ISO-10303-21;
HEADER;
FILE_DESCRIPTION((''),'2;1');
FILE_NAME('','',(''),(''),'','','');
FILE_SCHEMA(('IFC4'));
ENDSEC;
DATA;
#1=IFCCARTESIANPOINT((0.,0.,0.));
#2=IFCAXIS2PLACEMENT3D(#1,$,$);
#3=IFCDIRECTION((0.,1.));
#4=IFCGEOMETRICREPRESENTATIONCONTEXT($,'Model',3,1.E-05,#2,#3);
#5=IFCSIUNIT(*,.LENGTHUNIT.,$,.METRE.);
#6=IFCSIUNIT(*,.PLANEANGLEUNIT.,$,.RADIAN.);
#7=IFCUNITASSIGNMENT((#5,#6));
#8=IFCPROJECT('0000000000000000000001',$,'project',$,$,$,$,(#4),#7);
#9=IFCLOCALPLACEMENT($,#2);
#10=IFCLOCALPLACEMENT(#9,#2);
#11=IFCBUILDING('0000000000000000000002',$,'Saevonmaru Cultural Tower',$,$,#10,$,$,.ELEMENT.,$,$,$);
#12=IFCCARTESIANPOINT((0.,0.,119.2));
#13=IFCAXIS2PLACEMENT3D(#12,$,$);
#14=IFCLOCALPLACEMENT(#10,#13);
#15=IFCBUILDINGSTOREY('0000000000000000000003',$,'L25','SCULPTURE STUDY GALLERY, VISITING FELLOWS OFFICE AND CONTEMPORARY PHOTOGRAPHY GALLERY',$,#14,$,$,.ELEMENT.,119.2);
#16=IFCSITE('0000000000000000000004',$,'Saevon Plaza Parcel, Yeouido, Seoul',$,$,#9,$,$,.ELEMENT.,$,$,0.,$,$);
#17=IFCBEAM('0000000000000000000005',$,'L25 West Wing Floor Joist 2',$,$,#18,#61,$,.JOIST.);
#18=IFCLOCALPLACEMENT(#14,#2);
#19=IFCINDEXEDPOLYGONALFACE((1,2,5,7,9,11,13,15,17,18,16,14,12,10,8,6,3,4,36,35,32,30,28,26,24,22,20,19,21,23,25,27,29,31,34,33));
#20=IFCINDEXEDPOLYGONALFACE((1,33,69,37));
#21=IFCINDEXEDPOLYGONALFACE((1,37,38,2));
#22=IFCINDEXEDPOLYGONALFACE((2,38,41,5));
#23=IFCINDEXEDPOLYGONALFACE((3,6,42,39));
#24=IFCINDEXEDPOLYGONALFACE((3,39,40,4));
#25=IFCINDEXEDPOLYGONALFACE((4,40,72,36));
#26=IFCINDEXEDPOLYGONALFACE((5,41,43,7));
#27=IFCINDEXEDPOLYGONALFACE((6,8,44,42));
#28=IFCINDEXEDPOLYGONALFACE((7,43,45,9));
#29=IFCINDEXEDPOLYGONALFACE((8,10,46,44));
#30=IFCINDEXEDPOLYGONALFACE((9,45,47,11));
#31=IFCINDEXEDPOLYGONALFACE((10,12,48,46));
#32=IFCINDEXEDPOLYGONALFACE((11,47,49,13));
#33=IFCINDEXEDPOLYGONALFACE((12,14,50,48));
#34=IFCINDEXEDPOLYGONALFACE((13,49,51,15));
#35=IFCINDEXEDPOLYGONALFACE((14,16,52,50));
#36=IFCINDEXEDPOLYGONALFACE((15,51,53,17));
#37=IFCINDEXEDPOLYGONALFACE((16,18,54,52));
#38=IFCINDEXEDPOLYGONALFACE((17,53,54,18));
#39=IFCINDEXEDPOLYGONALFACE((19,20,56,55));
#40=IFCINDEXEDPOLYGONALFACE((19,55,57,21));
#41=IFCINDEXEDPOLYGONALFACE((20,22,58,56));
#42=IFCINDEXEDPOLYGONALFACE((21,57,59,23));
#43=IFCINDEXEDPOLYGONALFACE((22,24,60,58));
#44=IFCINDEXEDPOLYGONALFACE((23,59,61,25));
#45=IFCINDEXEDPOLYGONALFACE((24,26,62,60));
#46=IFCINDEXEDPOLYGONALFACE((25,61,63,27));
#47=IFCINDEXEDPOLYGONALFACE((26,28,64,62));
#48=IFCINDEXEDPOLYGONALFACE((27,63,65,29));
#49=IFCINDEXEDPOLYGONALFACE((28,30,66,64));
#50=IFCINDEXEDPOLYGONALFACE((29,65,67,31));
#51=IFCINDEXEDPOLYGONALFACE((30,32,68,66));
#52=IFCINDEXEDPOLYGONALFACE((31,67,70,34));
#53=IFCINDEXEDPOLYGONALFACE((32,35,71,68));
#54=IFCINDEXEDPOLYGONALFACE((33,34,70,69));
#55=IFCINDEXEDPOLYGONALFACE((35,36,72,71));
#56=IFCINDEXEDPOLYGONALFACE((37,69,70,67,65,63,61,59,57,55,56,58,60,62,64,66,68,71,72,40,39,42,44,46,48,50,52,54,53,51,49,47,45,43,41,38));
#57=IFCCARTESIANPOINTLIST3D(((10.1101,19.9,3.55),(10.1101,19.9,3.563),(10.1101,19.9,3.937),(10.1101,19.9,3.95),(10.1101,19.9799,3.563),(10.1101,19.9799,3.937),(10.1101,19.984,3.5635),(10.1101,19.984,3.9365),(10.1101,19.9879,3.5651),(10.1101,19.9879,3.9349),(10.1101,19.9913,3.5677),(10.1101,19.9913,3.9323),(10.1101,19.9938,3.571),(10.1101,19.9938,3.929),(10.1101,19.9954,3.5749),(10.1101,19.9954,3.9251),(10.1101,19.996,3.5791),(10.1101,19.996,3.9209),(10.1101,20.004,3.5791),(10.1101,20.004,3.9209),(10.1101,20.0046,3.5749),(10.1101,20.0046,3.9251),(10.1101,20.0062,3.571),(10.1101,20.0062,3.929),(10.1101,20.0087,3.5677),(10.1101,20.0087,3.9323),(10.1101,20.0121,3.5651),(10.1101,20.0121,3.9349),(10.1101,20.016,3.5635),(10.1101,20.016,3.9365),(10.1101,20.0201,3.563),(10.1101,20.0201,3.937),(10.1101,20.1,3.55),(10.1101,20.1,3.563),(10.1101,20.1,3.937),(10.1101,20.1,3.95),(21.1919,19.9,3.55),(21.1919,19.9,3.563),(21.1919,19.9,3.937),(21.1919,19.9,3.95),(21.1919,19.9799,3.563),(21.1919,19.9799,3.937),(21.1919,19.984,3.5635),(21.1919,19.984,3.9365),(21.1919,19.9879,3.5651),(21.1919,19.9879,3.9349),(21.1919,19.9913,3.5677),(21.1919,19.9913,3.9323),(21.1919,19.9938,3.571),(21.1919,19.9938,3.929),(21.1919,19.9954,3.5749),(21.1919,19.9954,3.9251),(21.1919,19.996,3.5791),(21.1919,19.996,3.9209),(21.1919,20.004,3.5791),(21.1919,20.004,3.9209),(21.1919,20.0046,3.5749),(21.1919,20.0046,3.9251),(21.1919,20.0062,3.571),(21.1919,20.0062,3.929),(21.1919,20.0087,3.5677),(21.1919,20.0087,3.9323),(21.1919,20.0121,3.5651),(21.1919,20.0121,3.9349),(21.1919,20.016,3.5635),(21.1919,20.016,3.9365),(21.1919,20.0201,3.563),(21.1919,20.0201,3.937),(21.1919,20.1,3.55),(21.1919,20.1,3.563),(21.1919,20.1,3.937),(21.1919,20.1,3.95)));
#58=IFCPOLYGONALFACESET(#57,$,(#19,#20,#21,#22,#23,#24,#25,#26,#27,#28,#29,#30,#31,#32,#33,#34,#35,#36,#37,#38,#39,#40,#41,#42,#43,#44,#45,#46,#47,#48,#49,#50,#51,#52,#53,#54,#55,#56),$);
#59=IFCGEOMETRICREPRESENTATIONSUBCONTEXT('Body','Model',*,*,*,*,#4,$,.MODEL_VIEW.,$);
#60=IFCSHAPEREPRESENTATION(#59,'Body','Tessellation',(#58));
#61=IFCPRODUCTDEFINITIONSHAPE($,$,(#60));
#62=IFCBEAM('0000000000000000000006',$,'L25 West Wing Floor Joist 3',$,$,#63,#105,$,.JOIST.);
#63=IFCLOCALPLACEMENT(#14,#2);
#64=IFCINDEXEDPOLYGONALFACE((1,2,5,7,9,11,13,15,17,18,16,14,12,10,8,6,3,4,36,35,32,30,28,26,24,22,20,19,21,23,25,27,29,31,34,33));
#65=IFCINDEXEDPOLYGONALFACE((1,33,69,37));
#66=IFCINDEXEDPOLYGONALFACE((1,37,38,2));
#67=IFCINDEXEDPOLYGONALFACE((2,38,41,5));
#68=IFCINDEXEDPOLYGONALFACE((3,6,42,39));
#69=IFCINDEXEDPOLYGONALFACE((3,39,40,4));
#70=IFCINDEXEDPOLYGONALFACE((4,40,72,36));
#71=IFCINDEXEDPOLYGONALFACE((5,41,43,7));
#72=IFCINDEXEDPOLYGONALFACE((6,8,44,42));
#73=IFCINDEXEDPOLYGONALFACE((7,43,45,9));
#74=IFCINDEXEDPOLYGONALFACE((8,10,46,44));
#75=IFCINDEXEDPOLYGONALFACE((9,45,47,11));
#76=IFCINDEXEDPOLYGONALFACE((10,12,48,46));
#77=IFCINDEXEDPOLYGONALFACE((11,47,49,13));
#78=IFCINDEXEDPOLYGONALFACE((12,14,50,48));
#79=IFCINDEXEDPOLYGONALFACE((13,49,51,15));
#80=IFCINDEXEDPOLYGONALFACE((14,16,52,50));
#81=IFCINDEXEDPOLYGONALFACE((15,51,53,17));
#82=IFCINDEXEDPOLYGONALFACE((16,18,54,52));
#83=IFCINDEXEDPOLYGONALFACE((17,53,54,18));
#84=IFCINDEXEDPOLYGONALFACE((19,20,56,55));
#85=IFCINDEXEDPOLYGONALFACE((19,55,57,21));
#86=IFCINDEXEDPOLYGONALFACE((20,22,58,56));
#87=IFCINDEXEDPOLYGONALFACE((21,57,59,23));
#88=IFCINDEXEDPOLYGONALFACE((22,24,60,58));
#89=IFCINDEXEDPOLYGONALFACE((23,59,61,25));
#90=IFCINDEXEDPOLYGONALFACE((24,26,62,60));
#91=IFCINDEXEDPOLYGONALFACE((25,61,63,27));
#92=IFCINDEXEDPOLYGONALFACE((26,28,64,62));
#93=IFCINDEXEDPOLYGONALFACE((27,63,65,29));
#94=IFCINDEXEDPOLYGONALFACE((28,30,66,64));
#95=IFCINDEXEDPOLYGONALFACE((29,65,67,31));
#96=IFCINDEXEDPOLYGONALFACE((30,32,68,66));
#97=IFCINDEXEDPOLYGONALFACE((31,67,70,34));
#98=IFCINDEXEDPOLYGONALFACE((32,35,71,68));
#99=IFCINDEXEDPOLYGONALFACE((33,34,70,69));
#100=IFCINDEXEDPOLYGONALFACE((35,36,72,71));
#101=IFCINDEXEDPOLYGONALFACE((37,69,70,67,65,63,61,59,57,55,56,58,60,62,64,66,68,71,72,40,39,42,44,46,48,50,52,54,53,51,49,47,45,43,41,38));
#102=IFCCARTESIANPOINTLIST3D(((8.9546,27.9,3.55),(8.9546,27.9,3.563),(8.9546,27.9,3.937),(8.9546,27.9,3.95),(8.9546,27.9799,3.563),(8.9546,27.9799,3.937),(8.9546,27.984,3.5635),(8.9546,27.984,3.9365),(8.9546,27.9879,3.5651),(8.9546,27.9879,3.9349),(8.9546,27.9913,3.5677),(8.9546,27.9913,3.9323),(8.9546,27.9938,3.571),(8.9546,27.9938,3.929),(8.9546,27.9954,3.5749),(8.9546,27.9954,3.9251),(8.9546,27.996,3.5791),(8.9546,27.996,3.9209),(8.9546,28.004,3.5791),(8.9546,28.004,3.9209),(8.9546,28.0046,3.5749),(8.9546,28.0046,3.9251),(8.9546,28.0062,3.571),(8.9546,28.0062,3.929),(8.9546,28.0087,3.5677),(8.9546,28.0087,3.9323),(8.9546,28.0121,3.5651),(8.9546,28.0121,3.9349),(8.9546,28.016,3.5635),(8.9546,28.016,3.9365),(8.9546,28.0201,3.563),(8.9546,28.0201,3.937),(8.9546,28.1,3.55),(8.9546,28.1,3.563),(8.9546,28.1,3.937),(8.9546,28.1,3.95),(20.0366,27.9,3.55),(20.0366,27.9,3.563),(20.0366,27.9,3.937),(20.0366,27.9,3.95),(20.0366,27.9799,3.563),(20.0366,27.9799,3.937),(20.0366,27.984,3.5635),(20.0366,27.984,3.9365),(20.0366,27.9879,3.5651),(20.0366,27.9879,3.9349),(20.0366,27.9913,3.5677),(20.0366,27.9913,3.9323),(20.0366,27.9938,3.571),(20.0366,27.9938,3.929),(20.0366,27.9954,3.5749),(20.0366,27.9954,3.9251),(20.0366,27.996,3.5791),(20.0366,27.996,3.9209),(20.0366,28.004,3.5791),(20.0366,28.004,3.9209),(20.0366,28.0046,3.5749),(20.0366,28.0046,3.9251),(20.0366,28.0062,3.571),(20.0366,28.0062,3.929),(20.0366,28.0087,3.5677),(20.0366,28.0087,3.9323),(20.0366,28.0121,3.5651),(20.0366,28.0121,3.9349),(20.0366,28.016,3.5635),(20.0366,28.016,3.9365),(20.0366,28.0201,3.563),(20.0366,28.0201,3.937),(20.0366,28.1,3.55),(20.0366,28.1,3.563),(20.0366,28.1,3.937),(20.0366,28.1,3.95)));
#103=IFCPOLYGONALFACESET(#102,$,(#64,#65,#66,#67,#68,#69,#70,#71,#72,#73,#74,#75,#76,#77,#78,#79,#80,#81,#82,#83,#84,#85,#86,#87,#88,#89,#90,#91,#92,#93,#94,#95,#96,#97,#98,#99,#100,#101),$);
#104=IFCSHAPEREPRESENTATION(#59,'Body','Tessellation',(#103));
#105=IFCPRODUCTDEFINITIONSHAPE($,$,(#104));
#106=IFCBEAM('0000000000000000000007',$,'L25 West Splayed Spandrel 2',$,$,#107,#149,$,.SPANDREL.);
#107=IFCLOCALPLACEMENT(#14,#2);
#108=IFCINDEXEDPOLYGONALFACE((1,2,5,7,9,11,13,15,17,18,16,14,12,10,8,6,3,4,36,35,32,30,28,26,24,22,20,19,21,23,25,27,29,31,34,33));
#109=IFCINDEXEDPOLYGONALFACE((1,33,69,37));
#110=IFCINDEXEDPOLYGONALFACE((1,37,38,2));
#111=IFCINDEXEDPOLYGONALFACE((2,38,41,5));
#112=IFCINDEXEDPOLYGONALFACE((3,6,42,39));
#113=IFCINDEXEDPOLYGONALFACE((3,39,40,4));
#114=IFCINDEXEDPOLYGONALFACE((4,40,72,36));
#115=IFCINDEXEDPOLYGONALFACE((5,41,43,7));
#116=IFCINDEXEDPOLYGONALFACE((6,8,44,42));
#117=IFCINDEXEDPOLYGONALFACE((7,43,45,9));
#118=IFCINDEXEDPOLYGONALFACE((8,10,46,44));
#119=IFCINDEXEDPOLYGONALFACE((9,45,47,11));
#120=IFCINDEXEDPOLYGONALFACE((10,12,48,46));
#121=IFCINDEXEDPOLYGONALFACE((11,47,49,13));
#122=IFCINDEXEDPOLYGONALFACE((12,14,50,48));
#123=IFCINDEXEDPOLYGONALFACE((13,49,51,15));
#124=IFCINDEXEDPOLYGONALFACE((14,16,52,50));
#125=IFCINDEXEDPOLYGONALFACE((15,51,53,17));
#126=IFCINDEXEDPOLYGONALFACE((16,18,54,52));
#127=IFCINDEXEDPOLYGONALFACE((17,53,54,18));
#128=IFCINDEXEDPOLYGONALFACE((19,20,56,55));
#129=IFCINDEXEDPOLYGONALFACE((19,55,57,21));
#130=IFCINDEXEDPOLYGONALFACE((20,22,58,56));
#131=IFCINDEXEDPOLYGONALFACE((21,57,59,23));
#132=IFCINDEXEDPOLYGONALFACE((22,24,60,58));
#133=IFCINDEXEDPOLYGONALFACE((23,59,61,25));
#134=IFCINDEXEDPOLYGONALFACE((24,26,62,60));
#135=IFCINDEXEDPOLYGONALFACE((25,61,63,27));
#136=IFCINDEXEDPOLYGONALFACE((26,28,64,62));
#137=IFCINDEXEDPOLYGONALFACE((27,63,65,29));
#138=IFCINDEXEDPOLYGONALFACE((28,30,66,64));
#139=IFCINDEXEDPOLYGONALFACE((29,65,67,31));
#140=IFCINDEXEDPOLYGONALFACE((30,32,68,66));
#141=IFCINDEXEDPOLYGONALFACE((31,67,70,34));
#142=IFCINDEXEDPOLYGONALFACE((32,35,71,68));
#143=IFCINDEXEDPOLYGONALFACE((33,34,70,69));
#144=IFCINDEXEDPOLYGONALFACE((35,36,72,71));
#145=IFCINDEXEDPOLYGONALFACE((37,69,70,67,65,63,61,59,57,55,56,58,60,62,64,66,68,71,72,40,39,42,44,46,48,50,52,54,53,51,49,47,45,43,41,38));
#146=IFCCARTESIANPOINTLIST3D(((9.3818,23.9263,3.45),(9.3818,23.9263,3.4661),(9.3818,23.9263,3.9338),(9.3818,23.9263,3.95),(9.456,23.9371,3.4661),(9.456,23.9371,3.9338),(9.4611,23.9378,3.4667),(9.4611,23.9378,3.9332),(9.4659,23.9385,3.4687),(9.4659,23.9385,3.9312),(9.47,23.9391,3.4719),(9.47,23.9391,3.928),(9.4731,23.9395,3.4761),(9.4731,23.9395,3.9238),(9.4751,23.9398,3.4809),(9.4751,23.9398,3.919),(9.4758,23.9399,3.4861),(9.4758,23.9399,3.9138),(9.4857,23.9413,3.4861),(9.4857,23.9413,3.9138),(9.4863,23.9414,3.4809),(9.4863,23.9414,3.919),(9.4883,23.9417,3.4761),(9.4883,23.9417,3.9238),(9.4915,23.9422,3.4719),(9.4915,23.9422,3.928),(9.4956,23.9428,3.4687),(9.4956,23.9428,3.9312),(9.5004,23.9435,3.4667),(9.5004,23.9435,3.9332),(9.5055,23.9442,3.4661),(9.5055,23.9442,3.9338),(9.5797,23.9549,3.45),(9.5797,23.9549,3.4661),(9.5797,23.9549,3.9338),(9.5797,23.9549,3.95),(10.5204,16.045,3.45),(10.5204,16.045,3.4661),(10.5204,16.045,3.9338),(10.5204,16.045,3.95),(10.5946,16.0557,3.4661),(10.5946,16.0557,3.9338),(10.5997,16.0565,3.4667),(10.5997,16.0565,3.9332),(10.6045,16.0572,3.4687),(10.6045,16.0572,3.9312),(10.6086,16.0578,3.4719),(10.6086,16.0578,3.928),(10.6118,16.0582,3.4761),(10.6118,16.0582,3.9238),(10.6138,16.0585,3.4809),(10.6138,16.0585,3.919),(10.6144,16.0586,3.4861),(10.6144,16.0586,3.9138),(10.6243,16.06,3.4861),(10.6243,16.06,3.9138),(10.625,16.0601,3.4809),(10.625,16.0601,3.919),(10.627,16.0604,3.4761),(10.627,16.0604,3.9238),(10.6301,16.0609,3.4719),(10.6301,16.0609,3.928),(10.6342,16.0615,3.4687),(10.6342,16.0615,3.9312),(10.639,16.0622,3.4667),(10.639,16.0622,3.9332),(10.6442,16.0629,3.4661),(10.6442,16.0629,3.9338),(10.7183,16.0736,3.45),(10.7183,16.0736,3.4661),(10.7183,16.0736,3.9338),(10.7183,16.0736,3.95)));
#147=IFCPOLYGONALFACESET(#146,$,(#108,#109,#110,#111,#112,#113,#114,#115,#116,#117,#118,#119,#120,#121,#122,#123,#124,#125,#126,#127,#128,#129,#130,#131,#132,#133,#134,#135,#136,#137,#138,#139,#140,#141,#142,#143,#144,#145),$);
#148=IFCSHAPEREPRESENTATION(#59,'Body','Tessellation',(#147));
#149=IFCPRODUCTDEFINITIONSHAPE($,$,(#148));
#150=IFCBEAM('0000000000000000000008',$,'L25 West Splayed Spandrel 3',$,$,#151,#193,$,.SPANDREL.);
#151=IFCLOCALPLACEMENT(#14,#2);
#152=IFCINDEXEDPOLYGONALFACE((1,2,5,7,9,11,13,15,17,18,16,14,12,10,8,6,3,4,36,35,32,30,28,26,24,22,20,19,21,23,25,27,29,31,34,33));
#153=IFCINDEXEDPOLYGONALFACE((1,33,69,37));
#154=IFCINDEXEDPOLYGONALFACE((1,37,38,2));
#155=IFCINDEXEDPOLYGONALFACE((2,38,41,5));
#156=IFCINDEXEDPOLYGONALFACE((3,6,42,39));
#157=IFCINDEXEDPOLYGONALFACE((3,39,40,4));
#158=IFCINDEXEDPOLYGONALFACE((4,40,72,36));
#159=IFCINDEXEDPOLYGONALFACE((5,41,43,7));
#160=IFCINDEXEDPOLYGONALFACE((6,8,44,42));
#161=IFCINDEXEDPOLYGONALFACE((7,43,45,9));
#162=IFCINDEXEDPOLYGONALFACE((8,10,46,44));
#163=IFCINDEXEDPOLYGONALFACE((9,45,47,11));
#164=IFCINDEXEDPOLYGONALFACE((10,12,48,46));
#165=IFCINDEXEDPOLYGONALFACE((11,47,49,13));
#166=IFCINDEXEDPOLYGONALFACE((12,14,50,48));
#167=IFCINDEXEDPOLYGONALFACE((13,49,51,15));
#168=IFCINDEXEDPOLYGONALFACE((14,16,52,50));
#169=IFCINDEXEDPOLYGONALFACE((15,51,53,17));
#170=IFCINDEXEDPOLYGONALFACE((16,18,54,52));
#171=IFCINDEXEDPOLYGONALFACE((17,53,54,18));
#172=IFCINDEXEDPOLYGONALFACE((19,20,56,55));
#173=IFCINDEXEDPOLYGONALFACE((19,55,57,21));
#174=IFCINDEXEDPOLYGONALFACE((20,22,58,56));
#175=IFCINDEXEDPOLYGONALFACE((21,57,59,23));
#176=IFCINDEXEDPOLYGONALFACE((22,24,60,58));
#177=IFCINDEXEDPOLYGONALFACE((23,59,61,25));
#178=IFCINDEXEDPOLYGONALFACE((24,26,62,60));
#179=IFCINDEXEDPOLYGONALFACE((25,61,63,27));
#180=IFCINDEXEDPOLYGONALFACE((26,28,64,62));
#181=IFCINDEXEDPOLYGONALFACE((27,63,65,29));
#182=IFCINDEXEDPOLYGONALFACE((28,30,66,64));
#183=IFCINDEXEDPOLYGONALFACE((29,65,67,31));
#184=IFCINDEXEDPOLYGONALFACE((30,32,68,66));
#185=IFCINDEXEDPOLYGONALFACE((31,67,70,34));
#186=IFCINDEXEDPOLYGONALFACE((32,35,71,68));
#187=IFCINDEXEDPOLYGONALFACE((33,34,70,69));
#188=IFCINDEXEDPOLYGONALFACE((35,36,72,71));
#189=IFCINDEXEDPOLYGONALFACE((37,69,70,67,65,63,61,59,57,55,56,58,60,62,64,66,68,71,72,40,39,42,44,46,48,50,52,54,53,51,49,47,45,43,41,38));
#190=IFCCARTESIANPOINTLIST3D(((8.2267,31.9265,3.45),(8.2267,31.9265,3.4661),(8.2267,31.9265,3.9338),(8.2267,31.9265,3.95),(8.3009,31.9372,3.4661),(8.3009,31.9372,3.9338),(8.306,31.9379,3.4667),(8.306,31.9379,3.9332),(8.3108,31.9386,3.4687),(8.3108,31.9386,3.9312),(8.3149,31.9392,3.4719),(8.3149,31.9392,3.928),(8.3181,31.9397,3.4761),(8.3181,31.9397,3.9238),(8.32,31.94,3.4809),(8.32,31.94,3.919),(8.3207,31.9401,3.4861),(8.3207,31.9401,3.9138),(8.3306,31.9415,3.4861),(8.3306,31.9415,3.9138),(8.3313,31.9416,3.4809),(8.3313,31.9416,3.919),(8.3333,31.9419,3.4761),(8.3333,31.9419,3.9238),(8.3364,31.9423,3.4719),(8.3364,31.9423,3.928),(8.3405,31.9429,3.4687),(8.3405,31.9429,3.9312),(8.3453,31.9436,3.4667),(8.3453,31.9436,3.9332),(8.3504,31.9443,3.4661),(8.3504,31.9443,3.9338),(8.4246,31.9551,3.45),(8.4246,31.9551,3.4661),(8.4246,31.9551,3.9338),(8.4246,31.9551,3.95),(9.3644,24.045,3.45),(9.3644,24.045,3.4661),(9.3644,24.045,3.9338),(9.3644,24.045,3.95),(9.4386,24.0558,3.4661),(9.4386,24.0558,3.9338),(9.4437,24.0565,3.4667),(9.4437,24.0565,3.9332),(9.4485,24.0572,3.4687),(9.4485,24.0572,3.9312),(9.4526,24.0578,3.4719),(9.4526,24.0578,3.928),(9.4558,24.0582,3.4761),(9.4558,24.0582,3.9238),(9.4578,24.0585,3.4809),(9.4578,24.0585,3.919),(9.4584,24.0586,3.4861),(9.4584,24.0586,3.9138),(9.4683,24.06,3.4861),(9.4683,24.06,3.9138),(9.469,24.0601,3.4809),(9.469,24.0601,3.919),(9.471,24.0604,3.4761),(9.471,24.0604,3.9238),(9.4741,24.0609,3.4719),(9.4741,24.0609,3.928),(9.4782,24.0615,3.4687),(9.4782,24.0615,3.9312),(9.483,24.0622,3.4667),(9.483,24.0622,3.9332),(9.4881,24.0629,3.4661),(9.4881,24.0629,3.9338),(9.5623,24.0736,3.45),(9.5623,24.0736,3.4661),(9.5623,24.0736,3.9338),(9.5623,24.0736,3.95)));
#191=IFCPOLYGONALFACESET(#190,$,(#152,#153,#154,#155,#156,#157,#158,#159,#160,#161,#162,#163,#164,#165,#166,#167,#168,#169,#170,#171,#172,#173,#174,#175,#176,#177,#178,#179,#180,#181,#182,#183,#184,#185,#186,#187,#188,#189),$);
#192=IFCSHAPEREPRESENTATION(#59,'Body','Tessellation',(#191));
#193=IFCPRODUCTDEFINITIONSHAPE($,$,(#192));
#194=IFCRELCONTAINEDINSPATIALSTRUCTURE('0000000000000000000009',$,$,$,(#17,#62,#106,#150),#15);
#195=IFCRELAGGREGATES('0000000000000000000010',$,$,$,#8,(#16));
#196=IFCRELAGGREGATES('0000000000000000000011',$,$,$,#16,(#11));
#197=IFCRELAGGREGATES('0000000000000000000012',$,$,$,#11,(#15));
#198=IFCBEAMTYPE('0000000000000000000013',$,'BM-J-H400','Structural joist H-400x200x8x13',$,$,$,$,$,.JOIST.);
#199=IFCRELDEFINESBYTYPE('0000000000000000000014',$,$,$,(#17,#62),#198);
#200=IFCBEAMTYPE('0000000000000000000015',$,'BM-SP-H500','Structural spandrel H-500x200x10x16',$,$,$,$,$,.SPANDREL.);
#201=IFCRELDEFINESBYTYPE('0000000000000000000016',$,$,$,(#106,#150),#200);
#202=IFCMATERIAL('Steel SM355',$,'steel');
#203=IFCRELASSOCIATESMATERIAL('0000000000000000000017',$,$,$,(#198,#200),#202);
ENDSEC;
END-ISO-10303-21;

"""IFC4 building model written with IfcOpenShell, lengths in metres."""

from ifc_helpers import new_model, si_unit, direction, frame, origin, origin_2d, place, context, subcontext, project, spatial, i_section, extrude, material, material_profile, profile_set, type_object, element, save


model = new_model("IFC4")

# Units and contexts
model_context = context("Model", 3, precision=1e-05, world=origin(), true_north=direction((0.0, 1.0)))
body_context = subcontext(model_context, "Body", "Model", "MODEL_VIEW")
ifc_project = project(units=[si_unit("LENGTHUNIT", "METRE"), si_unit("PLANEANGLEUNIT", "RADIAN")], contexts=[model_context])

# Site, building, storey
site_placement = place(None, origin())
site = spatial("IfcSite", under=ifc_project, at=site_placement, Name="Saevon Plaza Parcel, Yeouido, Seoul", CompositionType="ELEMENT", RefElevation=0.0)
building_placement = place(site_placement, origin())
building = spatial("IfcBuilding", under=site, at=building_placement, Name="Saevonmaru Cultural Tower", CompositionType="ELEMENT")
storey_placement = place(building_placement, frame((0.0, 0.0, 119.2)))
storey = spatial("IfcBuildingStorey", under=building, at=storey_placement, Name="L25", Description="SCULPTURE STUDY GALLERY, VISITING FELLOWS OFFICE AND CONTEMPORARY PHOTOGRAPHY GALLERY", CompositionType="ELEMENT", Elevation=119.2)

# Shared definitions
ifc_material_1 = material(Name="Steel SM355", Category="steel")

# Beams
ifc_material_profile_1 = material_profile(ifc_material_1, i_section(OverallWidth=0.2, OverallDepth=0.3999, WebThickness=0.0081, FlangeThickness=0.0129, FilletRadius=0.0161, at=origin_2d()), Name="H-400x200x8x13")
ifc_profile_set_1 = profile_set([ifc_material_profile_1], Name="Steel SM355")
beam_type_1 = type_object("IfcBeamType", Name="BM-J-H400", Description="Structural joist H-400x200x8x13", PredefinedType="JOIST", material=ifc_profile_set_1)
beam_1_placement = place(storey_placement, frame((10.1101, 20.0, 3.75), z_axis=(1.0, 0.0, 0.0), x_axis=(0.0, 1.0, 0.0)))
element("IfcBeam", 1, at=beam_1_placement, inside=storey, type_object=beam_type_1, Name="L25 West Wing Floor Joist 2", PredefinedType="JOIST", context=body_context, shape_type="SweptSolid", body=[
    extrude(i_section(OverallWidth=0.2, OverallDepth=0.3999, WebThickness=0.0081, FlangeThickness=0.0129, FilletRadius=0.0161, at=origin_2d()), origin(), (0.0, 0.0, 1.0), 11.0818),
])
beam_2_placement = place(storey_placement, frame((8.9546, 28.0, 3.75), z_axis=(1.0, 0.0, 0.0), x_axis=(0.0, 1.0, 0.0)))
element("IfcBeam", 2, at=beam_2_placement, inside=storey, type_object=beam_type_1, Name="L25 West Wing Floor Joist 3", PredefinedType="JOIST", context=body_context, shape_type="SweptSolid", body=[
    extrude(i_section(OverallWidth=0.2, OverallDepth=0.3999, WebThickness=0.0081, FlangeThickness=0.0129, FilletRadius=0.0161, at=origin_2d()), origin(), (0.0, 0.0, 1.0), 11.082),
])
ifc_material_profile_2 = material_profile(ifc_material_1, i_section(OverallWidth=0.2, OverallDepth=0.5, WebThickness=0.01, FlangeThickness=0.0161, FilletRadius=0.02, at=origin_2d()), Name="H-500x200x10x16")
ifc_profile_set_2 = profile_set([ifc_material_profile_2], Name="Steel SM355")
beam_type_2 = type_object("IfcBeamType", Name="BM-SP-H500", Description="Structural spandrel H-500x200x10x16", PredefinedType="SPANDREL", material=ifc_profile_set_2)
for number, where, z_axis, x_axis, name in (
    (3, (10.6194, 16.0593, 3.7), (-0.142992, 0.989724, 0.0), (-0.989724, -0.142992, 0.0), "L25 West Splayed Spandrel 2"),
    (4, (9.4634, 24.0593, 3.7), (-0.142872, 0.989741, 0.0), (-0.989741, -0.142872, 0.0), "L25 West Splayed Spandrel 3"),
):
    element("IfcBeam", number, at=place(storey_placement, frame(where, z_axis=z_axis, x_axis=x_axis)), inside=storey, type_object=beam_type_2, Name=name, PredefinedType="SPANDREL", context=body_context, shape_type="SweptSolid", body=[
        extrude(i_section(OverallWidth=0.2, OverallDepth=0.5, WebThickness=0.01, FlangeThickness=0.0161, FilletRadius=0.02, at=origin_2d()), origin(), (0.0, 0.0, 1.0), 7.9631),
    ])

save(model, "model.ifc")
